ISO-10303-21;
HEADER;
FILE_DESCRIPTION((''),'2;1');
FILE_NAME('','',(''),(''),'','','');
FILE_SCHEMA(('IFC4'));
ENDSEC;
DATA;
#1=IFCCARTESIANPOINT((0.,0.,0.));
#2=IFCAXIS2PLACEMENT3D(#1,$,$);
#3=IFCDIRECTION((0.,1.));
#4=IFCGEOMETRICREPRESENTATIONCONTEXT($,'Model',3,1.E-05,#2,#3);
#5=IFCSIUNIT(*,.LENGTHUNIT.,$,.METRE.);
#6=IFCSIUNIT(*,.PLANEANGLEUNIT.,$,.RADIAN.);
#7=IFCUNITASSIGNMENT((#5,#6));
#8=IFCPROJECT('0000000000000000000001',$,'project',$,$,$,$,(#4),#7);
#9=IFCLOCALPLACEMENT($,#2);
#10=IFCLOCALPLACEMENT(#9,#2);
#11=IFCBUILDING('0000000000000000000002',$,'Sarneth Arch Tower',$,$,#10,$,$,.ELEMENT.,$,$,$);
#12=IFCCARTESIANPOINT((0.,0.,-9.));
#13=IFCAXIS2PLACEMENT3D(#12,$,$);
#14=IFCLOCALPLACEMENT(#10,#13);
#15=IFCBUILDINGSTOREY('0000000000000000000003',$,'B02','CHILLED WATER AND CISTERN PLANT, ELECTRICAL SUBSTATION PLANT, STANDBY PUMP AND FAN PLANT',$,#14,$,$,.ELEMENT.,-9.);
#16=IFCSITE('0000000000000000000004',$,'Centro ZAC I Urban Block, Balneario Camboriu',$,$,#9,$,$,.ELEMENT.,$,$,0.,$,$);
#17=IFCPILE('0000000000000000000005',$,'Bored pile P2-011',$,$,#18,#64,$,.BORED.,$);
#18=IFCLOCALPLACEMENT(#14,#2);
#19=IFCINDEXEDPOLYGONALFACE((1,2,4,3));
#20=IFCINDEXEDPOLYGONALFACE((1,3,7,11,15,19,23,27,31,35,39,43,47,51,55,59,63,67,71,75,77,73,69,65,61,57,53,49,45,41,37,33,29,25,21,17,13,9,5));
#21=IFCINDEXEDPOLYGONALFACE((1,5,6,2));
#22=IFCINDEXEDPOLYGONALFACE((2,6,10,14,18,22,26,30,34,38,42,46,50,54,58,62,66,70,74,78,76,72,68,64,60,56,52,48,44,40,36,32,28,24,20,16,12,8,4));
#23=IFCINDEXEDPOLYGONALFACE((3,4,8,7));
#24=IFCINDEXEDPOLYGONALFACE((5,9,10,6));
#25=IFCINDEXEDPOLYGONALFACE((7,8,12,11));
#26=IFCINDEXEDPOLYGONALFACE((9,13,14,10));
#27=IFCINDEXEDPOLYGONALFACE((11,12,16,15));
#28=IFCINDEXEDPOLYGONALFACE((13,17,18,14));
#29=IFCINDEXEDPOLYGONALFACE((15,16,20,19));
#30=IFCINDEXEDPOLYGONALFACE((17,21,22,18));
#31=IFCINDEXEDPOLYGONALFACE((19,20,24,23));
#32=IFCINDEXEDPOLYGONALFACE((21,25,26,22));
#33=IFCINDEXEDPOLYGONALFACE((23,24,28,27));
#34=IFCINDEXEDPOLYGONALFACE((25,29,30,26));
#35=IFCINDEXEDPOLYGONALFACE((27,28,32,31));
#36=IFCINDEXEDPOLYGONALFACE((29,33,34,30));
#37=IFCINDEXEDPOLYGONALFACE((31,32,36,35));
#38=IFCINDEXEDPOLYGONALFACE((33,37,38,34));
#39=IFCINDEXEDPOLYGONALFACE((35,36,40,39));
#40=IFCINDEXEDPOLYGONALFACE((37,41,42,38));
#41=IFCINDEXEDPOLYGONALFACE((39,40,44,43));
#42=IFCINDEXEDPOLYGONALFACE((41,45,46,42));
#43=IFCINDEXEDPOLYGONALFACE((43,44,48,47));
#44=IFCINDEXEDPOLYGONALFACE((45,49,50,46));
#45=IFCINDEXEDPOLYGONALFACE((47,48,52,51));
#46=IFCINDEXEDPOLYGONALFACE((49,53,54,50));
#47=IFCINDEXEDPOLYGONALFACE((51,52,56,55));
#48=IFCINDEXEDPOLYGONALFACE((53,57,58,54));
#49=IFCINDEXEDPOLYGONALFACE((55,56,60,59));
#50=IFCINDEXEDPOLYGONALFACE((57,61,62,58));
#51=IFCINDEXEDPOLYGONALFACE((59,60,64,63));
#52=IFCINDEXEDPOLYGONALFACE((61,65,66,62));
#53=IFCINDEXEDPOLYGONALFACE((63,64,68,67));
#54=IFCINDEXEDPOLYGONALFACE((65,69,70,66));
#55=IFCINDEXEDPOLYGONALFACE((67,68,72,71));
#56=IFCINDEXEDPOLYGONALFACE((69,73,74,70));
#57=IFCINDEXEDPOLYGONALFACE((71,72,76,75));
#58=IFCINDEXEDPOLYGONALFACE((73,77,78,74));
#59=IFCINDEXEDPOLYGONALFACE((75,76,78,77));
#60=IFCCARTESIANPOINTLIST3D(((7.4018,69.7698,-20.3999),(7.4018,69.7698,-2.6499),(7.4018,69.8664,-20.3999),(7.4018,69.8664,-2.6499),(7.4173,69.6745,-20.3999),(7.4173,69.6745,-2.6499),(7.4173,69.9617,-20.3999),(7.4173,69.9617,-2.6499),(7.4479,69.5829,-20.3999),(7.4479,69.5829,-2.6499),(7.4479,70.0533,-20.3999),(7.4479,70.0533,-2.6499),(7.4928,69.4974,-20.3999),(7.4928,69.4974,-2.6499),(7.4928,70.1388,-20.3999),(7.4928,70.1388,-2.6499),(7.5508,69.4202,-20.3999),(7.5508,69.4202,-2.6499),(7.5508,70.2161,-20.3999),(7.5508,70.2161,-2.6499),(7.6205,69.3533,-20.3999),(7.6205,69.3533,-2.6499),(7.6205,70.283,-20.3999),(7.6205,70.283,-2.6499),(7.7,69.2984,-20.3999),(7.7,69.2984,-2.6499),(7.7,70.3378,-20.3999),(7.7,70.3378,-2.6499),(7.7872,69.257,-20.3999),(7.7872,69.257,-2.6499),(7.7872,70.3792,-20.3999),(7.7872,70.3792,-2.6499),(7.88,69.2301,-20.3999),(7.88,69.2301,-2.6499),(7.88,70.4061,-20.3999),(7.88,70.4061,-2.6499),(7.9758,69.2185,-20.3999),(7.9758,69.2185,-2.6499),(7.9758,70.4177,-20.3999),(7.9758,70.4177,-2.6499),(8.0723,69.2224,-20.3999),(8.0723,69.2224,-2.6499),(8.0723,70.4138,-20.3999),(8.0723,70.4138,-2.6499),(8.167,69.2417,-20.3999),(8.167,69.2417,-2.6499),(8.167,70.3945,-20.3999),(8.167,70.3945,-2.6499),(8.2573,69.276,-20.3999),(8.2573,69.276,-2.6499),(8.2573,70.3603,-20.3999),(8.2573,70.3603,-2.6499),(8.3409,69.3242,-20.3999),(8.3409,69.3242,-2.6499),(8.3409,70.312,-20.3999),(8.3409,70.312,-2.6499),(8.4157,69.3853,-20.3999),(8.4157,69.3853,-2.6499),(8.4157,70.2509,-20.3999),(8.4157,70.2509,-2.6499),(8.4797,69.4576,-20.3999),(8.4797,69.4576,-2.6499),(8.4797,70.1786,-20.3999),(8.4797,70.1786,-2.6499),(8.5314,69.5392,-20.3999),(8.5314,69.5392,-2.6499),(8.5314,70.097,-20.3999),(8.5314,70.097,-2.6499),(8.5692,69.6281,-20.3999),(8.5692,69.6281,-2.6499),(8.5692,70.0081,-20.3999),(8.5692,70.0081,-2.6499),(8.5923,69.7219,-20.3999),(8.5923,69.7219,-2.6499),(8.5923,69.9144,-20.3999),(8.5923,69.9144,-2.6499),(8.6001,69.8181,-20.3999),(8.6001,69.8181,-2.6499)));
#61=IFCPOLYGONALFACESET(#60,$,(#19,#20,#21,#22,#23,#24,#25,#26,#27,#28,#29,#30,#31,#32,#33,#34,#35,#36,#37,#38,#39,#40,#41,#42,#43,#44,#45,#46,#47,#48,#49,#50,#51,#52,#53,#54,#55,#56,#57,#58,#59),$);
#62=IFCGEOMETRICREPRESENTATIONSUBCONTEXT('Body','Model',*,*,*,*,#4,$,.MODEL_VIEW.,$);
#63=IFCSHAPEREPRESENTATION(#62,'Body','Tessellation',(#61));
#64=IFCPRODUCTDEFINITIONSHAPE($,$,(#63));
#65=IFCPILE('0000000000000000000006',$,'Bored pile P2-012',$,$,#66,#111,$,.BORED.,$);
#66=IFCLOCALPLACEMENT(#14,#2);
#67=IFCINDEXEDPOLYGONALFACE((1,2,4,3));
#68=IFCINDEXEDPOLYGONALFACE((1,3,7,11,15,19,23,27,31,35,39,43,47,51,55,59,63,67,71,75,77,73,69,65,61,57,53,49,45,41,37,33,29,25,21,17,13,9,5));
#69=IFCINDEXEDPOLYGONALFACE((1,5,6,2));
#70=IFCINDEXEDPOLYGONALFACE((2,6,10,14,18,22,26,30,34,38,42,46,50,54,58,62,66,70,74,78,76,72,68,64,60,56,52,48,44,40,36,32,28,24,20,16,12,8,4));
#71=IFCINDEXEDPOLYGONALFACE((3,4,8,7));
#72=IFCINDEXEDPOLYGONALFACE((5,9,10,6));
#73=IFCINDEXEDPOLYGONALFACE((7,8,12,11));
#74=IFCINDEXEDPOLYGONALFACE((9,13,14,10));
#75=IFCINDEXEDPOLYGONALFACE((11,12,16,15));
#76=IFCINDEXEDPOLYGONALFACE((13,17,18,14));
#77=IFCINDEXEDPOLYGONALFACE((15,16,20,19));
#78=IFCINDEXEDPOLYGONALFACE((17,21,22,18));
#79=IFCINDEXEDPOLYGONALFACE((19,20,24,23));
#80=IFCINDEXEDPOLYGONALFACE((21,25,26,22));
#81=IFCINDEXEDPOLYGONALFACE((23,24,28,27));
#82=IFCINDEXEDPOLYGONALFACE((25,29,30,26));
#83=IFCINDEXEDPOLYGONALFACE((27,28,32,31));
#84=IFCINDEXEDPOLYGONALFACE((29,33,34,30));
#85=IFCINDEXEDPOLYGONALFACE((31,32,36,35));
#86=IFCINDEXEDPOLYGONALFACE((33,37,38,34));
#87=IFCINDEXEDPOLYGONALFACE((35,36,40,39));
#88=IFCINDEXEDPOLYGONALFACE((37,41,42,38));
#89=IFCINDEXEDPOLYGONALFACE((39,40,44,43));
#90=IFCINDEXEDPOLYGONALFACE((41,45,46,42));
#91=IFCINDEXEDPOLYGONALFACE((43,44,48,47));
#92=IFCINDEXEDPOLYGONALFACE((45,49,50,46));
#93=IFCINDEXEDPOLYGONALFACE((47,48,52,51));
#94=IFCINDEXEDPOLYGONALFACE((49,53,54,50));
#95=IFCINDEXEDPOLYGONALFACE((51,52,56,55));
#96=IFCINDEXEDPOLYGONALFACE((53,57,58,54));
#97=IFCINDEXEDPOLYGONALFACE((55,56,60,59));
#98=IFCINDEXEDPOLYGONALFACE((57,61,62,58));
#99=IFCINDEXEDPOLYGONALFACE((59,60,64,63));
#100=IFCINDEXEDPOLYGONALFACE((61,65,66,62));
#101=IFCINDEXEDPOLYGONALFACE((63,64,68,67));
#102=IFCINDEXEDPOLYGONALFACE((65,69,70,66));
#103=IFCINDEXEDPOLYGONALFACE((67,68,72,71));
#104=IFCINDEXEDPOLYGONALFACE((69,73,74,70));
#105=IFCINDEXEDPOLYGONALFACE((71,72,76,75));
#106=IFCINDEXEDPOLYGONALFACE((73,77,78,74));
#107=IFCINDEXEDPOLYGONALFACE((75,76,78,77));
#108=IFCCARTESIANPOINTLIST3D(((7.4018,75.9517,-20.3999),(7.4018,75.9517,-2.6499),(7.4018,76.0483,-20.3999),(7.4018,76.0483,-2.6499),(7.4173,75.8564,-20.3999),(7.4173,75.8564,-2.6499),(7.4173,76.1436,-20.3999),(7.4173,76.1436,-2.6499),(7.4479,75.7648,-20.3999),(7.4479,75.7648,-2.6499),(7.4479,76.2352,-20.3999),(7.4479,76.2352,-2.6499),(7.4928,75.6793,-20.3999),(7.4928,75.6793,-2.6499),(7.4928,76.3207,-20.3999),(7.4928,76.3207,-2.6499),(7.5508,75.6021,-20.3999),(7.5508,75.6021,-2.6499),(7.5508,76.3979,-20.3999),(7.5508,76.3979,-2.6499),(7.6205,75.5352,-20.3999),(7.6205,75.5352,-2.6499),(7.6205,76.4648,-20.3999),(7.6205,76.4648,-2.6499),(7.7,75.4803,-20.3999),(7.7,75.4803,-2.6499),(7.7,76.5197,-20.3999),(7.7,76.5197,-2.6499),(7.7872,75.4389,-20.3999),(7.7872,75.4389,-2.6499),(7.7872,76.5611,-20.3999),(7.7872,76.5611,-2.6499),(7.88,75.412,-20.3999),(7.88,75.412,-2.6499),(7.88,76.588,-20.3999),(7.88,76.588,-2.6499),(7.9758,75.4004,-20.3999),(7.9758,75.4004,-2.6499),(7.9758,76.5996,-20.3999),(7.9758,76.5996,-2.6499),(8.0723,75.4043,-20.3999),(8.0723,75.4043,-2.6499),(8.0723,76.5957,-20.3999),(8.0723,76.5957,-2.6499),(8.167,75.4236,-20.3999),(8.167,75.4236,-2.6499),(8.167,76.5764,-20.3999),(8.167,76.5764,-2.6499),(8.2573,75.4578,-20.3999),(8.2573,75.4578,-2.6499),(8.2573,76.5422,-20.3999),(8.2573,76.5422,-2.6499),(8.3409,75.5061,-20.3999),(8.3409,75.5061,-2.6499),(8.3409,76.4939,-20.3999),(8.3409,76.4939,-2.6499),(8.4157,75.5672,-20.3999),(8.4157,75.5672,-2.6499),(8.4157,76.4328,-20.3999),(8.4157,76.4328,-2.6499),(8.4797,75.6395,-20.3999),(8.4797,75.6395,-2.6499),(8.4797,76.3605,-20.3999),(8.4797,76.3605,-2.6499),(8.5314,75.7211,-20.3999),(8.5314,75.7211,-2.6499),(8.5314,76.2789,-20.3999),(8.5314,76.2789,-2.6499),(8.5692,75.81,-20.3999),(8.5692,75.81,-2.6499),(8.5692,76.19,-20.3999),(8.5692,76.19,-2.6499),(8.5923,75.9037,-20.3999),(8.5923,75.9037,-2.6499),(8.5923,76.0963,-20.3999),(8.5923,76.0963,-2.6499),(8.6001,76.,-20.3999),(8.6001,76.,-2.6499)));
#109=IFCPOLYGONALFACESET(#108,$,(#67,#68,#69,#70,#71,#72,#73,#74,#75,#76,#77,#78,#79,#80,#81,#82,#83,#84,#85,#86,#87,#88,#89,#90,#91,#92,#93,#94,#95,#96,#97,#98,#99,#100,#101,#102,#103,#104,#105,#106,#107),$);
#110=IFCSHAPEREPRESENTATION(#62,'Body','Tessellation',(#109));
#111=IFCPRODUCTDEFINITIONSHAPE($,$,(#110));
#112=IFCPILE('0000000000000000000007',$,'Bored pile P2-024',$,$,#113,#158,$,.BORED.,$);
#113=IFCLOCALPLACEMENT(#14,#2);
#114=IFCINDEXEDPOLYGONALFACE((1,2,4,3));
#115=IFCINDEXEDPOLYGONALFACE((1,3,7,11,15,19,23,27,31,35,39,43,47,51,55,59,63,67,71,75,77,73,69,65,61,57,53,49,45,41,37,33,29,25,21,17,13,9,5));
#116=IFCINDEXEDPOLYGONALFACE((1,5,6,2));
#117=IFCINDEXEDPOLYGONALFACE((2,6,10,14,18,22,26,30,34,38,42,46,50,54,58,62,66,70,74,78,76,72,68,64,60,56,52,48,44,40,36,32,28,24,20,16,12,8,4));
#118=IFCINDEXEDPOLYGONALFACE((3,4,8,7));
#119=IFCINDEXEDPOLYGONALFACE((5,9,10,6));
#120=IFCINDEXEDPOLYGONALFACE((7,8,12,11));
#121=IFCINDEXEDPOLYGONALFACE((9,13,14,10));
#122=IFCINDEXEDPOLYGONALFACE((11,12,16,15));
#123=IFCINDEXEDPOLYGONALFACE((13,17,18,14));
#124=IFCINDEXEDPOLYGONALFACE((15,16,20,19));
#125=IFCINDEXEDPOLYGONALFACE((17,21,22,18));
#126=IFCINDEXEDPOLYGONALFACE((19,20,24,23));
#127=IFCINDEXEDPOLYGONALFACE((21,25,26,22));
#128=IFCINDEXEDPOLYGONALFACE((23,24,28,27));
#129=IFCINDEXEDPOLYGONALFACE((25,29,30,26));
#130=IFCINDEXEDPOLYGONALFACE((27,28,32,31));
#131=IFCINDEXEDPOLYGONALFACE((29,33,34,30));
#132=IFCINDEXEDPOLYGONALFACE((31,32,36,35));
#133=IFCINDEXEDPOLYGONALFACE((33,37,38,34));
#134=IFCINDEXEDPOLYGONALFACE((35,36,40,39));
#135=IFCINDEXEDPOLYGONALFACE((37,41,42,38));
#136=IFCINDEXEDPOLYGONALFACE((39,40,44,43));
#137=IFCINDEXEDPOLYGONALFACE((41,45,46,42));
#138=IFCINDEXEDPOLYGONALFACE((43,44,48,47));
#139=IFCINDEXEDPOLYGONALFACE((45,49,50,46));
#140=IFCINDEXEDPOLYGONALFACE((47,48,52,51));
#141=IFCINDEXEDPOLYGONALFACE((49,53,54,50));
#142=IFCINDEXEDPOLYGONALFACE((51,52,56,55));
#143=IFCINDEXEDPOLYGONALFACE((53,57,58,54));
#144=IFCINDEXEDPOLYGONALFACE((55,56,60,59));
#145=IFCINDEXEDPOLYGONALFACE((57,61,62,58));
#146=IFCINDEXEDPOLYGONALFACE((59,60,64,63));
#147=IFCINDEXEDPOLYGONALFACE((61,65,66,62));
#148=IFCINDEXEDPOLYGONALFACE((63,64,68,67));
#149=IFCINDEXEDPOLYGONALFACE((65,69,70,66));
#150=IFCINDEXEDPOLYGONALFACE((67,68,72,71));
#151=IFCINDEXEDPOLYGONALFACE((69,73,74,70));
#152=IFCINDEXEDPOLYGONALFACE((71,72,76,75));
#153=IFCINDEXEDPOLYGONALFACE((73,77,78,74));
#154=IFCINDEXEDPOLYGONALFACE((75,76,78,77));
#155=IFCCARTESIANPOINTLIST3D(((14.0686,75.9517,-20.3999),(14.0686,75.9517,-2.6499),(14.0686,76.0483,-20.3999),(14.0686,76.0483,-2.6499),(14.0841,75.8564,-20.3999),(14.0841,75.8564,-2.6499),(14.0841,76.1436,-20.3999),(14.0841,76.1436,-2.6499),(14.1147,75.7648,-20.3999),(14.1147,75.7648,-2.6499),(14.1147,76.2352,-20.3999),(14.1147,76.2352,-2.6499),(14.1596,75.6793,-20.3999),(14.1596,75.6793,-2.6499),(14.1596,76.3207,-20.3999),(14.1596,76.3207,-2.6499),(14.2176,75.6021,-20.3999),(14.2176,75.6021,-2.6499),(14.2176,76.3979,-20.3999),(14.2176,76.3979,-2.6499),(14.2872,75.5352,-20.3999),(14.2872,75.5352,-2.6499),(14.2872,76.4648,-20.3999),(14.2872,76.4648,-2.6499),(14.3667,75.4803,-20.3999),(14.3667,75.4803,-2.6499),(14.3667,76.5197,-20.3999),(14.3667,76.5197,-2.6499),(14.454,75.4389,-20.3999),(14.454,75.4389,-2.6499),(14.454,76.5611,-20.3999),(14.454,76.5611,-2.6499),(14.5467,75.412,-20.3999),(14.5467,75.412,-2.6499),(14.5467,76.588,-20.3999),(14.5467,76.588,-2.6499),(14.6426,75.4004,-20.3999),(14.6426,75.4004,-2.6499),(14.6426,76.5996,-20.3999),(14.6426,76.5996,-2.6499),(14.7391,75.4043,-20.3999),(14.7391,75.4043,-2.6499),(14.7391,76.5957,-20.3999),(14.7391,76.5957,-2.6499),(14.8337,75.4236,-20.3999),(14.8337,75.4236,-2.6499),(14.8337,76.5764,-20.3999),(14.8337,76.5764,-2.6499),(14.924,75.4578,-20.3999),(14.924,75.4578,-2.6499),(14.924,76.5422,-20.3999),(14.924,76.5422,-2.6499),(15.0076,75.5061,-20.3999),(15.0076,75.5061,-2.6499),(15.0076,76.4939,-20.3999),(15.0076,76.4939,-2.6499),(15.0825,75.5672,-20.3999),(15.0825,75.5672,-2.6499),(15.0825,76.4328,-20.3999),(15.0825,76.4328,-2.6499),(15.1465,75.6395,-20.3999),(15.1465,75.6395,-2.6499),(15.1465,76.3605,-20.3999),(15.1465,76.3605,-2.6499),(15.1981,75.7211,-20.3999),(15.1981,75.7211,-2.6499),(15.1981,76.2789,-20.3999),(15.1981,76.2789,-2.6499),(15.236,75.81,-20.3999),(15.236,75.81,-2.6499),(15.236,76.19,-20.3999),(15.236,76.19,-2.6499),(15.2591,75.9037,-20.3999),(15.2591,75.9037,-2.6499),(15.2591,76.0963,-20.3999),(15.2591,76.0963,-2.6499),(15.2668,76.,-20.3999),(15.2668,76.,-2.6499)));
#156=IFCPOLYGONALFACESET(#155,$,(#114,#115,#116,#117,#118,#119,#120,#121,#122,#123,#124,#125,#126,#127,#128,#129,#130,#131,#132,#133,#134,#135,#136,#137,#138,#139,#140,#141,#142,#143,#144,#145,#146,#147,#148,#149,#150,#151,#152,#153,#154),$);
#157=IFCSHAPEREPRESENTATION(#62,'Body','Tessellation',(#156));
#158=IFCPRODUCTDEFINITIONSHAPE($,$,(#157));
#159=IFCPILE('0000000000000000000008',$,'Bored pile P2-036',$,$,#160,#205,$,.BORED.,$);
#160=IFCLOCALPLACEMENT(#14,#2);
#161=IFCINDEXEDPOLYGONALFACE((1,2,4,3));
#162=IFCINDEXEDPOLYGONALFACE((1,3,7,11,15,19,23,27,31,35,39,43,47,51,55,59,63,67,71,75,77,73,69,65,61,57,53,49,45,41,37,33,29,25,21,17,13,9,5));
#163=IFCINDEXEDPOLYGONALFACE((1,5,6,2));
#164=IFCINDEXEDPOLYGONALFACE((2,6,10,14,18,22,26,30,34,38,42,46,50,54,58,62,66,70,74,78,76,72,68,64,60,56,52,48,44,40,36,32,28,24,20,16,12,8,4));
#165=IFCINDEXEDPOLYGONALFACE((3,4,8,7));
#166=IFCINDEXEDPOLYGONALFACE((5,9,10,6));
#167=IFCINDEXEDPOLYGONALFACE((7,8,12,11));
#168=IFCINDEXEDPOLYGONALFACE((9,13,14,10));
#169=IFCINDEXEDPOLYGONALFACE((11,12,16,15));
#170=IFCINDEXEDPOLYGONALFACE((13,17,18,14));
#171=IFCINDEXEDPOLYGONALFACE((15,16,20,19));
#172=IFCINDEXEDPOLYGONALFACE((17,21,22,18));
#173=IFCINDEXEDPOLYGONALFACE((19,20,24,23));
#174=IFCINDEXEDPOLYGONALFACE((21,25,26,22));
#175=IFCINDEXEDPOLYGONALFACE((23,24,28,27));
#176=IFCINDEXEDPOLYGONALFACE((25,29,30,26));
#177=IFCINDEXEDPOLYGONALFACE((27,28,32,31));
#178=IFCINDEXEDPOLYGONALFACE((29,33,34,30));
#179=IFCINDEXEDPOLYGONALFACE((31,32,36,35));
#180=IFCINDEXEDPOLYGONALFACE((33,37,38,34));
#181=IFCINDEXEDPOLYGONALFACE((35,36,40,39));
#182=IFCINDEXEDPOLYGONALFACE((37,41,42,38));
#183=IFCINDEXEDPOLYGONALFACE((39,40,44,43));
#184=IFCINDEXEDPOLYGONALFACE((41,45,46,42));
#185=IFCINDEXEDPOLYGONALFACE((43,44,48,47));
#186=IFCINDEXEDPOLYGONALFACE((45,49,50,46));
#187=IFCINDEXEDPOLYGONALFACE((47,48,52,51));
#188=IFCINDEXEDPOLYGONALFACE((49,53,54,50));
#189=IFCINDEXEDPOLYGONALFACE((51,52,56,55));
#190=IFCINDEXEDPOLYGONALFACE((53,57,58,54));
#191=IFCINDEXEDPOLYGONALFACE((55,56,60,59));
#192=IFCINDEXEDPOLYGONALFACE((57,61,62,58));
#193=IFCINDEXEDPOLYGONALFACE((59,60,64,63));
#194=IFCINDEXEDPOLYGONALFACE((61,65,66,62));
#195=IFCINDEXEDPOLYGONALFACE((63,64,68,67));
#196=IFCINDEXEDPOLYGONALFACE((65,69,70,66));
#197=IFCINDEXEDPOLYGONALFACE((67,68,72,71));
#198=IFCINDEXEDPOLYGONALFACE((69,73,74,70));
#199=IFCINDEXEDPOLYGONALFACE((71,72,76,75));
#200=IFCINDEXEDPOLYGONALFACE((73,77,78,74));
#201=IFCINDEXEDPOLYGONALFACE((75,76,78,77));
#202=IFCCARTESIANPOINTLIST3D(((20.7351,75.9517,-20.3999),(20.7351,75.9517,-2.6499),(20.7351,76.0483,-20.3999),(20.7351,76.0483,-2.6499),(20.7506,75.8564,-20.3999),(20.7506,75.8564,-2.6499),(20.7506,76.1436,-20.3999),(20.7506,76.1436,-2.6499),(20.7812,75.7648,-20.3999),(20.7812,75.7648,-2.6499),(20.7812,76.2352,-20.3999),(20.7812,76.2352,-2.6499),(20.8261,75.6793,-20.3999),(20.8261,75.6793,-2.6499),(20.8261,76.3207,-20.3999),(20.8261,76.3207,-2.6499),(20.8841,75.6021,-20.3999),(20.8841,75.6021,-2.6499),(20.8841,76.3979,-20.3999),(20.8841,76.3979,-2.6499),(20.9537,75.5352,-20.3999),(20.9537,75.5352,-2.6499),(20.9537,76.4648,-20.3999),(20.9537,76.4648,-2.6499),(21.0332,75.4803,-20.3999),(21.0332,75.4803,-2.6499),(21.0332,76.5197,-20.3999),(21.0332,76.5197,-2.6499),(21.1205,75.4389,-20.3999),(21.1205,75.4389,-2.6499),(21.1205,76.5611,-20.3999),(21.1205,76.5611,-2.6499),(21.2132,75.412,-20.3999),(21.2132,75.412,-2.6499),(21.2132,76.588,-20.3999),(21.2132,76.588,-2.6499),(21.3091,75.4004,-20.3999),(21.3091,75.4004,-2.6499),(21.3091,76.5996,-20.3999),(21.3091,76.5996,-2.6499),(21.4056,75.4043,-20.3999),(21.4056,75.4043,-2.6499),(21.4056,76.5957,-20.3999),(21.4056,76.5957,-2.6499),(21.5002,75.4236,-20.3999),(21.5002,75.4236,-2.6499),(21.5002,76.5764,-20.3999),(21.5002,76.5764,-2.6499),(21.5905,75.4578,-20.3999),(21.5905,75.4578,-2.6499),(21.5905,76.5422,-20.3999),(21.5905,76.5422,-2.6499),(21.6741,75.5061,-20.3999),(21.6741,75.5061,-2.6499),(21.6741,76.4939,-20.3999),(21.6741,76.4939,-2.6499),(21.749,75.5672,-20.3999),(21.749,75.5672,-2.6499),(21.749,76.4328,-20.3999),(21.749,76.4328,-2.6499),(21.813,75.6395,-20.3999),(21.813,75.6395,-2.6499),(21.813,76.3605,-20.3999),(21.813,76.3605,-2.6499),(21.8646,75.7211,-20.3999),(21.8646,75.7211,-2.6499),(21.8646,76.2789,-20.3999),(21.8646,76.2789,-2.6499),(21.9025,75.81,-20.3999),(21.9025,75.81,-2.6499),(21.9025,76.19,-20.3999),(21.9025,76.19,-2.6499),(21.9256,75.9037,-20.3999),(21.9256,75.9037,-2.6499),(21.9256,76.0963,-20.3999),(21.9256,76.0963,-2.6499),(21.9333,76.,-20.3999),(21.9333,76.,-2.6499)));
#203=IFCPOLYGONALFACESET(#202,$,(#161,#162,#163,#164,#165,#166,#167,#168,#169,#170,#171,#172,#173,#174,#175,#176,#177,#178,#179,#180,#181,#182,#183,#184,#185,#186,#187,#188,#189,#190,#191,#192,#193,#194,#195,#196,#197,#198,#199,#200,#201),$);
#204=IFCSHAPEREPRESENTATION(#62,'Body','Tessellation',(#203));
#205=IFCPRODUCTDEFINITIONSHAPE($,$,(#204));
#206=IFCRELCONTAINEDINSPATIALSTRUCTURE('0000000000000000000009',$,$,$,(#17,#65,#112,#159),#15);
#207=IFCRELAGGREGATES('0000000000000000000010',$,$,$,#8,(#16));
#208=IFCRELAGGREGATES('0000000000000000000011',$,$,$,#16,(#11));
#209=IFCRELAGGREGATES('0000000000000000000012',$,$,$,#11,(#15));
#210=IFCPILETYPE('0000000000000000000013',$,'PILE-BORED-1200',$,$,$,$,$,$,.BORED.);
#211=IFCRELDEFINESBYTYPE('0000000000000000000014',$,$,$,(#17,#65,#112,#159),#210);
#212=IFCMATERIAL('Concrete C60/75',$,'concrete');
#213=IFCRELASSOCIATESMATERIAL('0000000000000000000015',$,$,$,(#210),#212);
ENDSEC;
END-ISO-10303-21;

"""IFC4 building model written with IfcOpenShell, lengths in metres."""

from ifc_helpers import new_model, si_unit, direction, frame, origin, origin_2d, place, context, subcontext, project, spatial, circle, extrude, material, material_profile, profile_set, type_object, element, save


model = new_model("IFC4")

# Units and contexts
model_context = context("Model", 3, precision=1e-05, world=origin(), true_north=direction((0.0, 1.0)))
body_context = subcontext(model_context, "Body", "Model", "MODEL_VIEW")
ifc_project = project(units=[si_unit("LENGTHUNIT", "METRE"), si_unit("PLANEANGLEUNIT", "RADIAN")], contexts=[model_context])

# Site, building, storey
site_placement = place(None, origin())
site = spatial("IfcSite", under=ifc_project, at=site_placement, Name="Centro ZAC I Urban Block, Balneario Camboriu", CompositionType="ELEMENT", RefElevation=0.0)
building_placement = place(site_placement, origin())
building = spatial("IfcBuilding", under=site, at=building_placement, Name="Sarneth Arch Tower", CompositionType="ELEMENT")
storey_placement = place(building_placement, frame((0.0, 0.0, -9.0)))
storey = spatial("IfcBuildingStorey", under=building, at=storey_placement, Name="B02", Description="CHILLED WATER AND CISTERN PLANT, ELECTRICAL SUBSTATION PLANT, STANDBY PUMP AND FAN PLANT", CompositionType="ELEMENT", Elevation=-9.0)

# Piles
ifc_material_1 = material(Name="Concrete C60/75", Category="concrete")
ifc_material_profile_1 = material_profile(ifc_material_1, circle(Radius=0.6001, at=origin_2d()), Name="PILE-D1200")
ifc_profile_set_1 = profile_set([ifc_material_profile_1], Name="Concrete C60/75")
pile_type_1 = type_object("IfcPileType", Name="PILE-BORED-1200", PredefinedType="BORED", material=ifc_profile_set_1)
for number, where, z_axis, x_axis, name in (
    (1, (8.0, 69.8181, -2.6499), (0.0, 0.0, -1.0), (1.0, 0.0, 0.0), "Bored pile P2-011"),
    (2, (8.0, 76.0, -2.6499), (0.0, 0.0, -1.0), (1.0, 0.0, 0.0), "Bored pile P2-012"),
    (3, (14.6667, 76.0, -2.6499), (0.0, 0.0, -1.0), (1.0, 0.0, 0.0), "Bored pile P2-024"),
    (4, (21.3333, 76.0, -2.6499), (0.0, 0.0, -1.0), (1.0, 0.0, 0.0), "Bored pile P2-036"),
):
    element("IfcPile", number, at=place(storey_placement, frame(where, z_axis=z_axis, x_axis=x_axis)), inside=storey, type_object=pile_type_1, Name=name, PredefinedType="BORED", context=body_context, shape_type="SweptSolid", body=[
        extrude(circle(Radius=0.6001, at=origin_2d()), origin(), (0.0, 0.0, 1.0), 17.75),
    ])

save(model, "model.ifc")
